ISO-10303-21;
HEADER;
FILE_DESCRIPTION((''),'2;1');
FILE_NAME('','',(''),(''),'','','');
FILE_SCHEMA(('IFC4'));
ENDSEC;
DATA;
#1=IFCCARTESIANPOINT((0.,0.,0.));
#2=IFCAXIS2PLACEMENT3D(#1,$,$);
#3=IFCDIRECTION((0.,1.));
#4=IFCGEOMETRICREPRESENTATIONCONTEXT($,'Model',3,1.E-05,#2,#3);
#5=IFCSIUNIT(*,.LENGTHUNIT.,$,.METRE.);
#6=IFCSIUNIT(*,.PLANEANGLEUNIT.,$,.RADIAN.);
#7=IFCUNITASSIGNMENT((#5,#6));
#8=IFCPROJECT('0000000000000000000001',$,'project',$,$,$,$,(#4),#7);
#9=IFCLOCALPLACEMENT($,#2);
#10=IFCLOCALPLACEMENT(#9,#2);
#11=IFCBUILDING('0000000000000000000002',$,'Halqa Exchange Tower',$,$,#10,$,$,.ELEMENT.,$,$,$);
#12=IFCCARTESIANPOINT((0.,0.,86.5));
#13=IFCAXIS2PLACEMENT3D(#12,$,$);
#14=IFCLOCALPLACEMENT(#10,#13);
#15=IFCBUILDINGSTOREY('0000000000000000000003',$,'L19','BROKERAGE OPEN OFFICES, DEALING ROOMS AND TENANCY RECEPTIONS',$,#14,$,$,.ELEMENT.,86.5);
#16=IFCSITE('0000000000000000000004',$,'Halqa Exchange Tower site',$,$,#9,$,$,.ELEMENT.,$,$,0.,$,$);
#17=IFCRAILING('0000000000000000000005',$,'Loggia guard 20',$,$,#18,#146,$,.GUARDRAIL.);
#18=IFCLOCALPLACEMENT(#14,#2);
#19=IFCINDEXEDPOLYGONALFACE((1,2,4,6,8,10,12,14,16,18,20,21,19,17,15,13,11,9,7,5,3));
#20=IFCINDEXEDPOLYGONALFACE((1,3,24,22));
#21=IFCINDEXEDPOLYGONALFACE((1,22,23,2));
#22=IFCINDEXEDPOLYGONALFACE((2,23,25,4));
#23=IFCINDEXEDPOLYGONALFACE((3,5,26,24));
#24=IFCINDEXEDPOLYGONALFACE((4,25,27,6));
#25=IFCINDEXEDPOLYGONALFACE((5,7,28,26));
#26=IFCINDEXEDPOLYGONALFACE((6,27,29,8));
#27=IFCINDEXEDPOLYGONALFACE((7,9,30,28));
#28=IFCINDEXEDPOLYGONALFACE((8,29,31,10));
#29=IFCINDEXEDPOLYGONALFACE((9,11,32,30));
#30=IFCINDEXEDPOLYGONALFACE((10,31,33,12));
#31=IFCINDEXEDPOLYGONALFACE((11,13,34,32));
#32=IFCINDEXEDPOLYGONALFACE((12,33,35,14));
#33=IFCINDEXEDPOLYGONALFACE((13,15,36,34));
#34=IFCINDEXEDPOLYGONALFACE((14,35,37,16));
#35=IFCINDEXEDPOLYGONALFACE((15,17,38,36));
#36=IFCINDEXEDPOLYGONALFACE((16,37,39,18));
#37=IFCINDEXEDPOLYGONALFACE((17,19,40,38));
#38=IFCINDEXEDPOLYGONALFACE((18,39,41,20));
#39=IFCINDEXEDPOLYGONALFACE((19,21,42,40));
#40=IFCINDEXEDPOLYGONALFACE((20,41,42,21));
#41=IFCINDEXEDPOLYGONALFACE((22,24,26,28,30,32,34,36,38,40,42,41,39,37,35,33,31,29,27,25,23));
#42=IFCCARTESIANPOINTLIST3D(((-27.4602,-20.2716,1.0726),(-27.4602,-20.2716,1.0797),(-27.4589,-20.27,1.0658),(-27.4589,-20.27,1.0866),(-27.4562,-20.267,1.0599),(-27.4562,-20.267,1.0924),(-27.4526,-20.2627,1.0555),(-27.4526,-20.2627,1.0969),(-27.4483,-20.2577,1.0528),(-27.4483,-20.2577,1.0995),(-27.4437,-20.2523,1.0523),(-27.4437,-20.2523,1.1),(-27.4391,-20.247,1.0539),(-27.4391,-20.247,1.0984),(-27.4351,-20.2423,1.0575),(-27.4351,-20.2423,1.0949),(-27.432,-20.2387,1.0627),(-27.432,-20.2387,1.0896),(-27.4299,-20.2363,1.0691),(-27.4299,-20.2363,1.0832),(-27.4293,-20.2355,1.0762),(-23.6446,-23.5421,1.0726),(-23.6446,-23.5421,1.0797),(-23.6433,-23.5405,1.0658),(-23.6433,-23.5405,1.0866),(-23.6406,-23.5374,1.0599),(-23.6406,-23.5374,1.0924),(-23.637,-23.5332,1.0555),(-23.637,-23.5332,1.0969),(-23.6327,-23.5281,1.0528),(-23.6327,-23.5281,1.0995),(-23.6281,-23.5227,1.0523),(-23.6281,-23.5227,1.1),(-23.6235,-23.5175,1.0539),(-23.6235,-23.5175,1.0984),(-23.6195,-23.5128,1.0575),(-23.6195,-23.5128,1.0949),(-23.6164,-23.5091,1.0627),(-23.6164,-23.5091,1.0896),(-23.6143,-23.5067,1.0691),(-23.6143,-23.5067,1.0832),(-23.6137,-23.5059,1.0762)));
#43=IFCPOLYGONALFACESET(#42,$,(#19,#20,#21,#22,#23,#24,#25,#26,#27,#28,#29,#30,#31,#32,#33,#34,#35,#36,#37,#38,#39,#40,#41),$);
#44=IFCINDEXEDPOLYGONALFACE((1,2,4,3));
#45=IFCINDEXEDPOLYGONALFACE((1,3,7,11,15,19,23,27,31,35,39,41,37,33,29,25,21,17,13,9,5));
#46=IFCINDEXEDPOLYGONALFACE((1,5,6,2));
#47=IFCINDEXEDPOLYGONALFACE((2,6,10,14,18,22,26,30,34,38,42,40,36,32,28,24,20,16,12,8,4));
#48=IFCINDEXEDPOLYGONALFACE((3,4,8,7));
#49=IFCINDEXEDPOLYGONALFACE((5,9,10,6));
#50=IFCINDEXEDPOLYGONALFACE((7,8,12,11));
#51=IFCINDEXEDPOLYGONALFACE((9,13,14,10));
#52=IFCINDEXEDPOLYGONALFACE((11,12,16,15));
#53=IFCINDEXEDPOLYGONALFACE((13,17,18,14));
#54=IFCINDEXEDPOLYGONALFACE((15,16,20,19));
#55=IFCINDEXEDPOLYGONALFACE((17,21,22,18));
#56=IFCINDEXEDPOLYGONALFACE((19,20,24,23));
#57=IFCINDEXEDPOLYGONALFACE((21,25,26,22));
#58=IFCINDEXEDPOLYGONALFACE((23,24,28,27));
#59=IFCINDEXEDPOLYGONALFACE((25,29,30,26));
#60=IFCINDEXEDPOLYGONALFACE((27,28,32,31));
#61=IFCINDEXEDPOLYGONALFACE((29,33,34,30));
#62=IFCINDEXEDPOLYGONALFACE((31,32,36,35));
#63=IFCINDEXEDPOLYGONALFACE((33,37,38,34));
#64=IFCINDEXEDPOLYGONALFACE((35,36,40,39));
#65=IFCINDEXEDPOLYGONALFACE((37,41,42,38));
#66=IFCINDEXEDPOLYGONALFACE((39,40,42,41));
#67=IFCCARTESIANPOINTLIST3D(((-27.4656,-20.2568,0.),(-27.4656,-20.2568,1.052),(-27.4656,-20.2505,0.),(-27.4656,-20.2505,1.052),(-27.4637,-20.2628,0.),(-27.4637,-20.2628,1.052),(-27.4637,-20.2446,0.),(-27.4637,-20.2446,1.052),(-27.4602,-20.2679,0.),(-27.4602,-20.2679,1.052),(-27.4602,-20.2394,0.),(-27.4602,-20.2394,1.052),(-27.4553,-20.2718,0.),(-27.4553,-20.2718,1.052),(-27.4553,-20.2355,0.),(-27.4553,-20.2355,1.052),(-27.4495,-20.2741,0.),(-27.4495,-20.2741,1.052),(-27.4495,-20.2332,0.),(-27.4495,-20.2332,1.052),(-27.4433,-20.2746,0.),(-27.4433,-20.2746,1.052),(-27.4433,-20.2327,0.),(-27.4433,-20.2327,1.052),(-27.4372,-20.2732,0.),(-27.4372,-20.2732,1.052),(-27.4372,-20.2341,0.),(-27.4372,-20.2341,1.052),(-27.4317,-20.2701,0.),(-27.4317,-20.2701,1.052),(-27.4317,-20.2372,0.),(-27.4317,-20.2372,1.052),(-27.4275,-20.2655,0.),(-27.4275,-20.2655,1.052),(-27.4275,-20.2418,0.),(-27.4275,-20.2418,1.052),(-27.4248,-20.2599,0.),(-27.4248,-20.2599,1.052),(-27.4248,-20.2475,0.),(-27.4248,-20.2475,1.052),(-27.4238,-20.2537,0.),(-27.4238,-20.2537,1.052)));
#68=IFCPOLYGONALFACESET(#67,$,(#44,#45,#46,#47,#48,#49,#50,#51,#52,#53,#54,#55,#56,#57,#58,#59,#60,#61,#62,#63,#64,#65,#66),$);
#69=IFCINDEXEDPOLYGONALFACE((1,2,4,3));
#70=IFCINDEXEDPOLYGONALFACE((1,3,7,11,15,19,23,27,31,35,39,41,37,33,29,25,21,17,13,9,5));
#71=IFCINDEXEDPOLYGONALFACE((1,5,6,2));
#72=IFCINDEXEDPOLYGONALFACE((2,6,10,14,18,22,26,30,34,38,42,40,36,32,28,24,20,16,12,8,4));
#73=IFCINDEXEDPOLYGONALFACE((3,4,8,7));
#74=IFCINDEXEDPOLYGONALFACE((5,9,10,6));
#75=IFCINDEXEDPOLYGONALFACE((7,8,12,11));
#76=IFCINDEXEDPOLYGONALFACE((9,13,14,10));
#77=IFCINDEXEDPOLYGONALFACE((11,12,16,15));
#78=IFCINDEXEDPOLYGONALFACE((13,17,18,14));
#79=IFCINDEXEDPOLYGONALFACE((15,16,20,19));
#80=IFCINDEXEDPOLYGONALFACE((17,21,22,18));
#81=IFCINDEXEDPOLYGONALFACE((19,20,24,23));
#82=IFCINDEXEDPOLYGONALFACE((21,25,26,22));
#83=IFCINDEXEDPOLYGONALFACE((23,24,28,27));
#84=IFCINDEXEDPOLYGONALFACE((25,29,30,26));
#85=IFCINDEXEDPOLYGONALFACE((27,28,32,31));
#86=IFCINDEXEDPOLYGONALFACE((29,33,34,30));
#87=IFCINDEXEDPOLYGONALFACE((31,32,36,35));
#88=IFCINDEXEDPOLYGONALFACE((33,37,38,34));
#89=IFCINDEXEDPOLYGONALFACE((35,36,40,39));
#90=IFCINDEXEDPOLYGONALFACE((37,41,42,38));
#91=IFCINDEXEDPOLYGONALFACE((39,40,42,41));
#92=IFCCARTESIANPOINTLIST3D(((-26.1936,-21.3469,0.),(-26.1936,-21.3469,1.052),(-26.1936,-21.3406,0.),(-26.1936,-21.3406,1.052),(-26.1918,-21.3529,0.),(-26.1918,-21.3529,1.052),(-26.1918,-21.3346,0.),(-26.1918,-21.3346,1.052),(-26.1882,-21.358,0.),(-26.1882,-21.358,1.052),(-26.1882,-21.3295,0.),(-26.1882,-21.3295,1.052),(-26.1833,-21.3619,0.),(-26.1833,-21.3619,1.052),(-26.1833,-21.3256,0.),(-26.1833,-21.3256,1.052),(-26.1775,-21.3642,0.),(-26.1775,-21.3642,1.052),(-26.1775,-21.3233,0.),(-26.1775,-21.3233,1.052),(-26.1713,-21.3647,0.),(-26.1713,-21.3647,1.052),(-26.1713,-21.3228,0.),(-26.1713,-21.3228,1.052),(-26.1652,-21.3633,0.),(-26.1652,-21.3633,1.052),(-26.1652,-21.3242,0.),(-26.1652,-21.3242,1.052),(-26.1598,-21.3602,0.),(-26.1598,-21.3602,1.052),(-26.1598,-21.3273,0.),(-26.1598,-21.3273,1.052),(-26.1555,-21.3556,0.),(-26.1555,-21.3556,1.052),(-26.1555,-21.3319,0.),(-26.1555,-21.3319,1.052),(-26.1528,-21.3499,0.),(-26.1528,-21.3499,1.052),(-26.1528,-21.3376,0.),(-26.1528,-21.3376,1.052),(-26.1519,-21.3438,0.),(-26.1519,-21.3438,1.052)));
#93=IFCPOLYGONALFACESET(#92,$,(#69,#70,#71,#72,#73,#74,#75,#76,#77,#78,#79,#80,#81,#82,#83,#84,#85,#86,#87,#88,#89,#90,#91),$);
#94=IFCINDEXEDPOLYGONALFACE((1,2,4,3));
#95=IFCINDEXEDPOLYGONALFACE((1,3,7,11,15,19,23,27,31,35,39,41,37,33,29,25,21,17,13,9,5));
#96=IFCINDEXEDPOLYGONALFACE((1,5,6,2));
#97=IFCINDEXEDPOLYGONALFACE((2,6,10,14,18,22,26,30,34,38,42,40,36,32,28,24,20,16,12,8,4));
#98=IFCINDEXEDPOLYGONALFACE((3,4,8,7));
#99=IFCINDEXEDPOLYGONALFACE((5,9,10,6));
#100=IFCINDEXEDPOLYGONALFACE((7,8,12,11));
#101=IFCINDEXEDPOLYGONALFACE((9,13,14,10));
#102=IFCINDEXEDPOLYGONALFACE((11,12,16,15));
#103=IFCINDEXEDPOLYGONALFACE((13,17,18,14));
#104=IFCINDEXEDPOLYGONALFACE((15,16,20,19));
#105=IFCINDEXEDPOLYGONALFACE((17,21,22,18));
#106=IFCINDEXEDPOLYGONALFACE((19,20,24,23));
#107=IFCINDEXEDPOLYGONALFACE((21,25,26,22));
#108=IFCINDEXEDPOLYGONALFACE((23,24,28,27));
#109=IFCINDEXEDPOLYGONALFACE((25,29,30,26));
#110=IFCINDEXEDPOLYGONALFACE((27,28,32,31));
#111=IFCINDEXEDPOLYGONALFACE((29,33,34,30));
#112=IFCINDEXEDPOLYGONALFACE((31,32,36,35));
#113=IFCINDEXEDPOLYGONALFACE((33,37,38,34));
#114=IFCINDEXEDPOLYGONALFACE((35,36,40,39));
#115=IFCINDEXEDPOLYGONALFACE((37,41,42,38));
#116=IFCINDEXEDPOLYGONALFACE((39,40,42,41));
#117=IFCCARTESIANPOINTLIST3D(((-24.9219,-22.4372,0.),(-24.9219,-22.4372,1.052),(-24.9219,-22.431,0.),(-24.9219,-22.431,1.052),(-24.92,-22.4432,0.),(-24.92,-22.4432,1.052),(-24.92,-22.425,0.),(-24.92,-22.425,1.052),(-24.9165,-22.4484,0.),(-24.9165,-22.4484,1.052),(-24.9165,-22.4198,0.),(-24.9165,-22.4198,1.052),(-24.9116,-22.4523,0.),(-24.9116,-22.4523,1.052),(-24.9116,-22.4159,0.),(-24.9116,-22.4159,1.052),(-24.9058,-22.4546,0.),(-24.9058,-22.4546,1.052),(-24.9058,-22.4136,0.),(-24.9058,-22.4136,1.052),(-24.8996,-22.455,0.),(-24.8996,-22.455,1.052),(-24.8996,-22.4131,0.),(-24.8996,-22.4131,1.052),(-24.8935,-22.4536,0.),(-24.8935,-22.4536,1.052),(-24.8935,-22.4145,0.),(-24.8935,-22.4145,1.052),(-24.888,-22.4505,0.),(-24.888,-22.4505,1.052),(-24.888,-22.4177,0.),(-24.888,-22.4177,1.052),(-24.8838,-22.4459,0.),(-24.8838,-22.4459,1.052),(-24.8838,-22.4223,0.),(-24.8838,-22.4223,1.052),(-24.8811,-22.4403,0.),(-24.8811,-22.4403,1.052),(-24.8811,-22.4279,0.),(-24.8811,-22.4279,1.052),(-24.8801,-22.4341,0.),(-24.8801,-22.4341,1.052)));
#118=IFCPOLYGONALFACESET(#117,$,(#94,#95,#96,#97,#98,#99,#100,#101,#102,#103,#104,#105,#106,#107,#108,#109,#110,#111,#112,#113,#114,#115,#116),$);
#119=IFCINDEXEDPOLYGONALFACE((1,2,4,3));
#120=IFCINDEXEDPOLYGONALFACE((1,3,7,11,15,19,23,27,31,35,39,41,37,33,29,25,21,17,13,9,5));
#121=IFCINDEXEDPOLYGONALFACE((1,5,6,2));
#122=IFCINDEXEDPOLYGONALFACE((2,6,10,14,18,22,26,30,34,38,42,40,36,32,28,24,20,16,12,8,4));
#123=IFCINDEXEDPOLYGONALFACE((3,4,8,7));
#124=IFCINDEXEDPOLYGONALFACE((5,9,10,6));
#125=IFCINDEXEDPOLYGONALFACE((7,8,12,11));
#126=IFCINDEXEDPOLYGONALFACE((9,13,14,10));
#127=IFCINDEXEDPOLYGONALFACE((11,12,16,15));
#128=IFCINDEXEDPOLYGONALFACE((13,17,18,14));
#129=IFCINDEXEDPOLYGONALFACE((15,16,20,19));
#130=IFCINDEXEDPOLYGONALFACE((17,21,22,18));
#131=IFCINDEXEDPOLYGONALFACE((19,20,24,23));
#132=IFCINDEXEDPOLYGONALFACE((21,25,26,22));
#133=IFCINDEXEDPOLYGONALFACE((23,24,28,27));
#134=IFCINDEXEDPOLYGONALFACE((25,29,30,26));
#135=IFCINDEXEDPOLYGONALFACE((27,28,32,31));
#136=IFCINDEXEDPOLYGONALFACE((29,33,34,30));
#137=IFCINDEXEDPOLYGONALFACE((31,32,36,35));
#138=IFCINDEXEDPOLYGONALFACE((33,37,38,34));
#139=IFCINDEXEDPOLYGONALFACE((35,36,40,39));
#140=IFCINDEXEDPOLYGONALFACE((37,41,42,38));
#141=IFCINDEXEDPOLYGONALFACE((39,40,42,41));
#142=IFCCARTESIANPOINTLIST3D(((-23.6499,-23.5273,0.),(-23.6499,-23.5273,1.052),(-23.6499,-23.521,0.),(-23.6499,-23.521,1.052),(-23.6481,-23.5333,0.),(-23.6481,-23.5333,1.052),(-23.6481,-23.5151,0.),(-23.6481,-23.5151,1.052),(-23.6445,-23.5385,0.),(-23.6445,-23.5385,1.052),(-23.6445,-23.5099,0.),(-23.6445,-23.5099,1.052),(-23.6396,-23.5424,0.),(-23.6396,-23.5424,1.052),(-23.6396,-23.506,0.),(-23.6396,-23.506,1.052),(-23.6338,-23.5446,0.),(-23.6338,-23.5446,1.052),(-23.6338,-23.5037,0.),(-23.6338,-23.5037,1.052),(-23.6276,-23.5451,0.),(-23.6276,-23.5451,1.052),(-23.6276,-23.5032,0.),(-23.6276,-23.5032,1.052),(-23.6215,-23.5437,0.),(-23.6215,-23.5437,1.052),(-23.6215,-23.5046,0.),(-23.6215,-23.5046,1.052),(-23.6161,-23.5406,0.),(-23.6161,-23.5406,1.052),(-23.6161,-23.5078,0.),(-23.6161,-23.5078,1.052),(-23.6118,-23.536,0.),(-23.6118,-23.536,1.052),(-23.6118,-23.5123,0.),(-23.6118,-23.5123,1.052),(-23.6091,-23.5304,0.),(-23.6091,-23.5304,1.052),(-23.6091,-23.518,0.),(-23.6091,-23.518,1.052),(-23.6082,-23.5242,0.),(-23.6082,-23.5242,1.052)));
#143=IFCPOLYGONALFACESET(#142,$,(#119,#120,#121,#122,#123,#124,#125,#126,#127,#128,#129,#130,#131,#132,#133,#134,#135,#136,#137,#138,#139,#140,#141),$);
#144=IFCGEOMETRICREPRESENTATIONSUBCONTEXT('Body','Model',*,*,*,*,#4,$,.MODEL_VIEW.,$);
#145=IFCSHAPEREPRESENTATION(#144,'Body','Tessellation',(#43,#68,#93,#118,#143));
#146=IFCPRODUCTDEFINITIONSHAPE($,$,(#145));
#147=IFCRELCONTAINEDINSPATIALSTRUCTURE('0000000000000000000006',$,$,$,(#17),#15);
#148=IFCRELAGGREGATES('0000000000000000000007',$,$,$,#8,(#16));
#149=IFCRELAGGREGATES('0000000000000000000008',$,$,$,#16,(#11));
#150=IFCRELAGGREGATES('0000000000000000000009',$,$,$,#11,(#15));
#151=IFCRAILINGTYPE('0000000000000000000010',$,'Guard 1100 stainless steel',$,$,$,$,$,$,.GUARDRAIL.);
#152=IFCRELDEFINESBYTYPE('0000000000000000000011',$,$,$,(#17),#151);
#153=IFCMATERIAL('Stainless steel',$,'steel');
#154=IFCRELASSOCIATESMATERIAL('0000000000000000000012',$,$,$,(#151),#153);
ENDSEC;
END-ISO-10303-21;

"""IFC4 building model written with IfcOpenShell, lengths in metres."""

from ifc_helpers import new_model, si_unit, direction, frame, origin, origin_2d, place, context, subcontext, project, spatial, circle, extrude, material, type_object, element, save


model = new_model("IFC4")

# Units and contexts
model_context = context("Model", 3, precision=1e-05, world=origin(), true_north=direction((0.0, 1.0)))
body_context = subcontext(model_context, "Body", "Model", "MODEL_VIEW")
ifc_project = project(units=[si_unit("LENGTHUNIT", "METRE"), si_unit("PLANEANGLEUNIT", "RADIAN")], contexts=[model_context])

# Site, building, storey
site_placement = place(None, origin())
site = spatial("IfcSite", under=ifc_project, at=site_placement, Name="Halqa Exchange Tower site", CompositionType="ELEMENT", RefElevation=0.0)
building_placement = place(site_placement, origin())
building = spatial("IfcBuilding", under=site, at=building_placement, Name="Halqa Exchange Tower", CompositionType="ELEMENT")
storey_placement = place(building_placement, frame((0.0, 0.0, 86.5)))
storey = spatial("IfcBuildingStorey", under=building, at=storey_placement, Name="L19", Description="BROKERAGE OPEN OFFICES, DEALING ROOMS AND TENANCY RECEPTIONS", CompositionType="ELEMENT", Elevation=86.5)

# Railing
ifc_material_1 = material(Name="Stainless steel", Category="steel")
railing_type = type_object("IfcRailingType", Name="Guard 1100 stainless steel", PredefinedType="GUARDRAIL", material=ifc_material_1)
railing_1_placement = place(storey_placement, frame((-27.4448, -20.2537, 0.0)))
element("IfcRailing", 1, at=railing_1_placement, inside=storey, type_object=railing_type, Name="Loggia guard 20", PredefinedType="GUARDRAIL", context=body_context, shape_type="SweptSolid", body=[
    extrude(circle(Radius=0.0239, at=origin_2d()), frame((0.0, 0.0, 1.0762), z_axis=(0.759263, -0.650783, 0.0), x_axis=(0.650783, 0.759263, 0.0)), (0.0, 0.0, 1.0), 5.0254),
    extrude(circle(Radius=0.021, at=origin_2d()), origin(), (0.0, 0.0, 1.0), 1.052),
    extrude(circle(Radius=0.021, at=origin_2d()), frame((1.272, -1.0901, 0.0)), (0.0, 0.0, 1.0), 1.052),
    extrude(circle(Radius=0.021, at=origin_2d()), frame((2.5437, -2.1804, 0.0)), (0.0, 0.0, 1.0), 1.052),
    extrude(circle(Radius=0.021, at=origin_2d()), frame((3.8157, -3.2705, 0.0)), (0.0, 0.0, 1.0), 1.052),
])

save(model, "model.ifc")
